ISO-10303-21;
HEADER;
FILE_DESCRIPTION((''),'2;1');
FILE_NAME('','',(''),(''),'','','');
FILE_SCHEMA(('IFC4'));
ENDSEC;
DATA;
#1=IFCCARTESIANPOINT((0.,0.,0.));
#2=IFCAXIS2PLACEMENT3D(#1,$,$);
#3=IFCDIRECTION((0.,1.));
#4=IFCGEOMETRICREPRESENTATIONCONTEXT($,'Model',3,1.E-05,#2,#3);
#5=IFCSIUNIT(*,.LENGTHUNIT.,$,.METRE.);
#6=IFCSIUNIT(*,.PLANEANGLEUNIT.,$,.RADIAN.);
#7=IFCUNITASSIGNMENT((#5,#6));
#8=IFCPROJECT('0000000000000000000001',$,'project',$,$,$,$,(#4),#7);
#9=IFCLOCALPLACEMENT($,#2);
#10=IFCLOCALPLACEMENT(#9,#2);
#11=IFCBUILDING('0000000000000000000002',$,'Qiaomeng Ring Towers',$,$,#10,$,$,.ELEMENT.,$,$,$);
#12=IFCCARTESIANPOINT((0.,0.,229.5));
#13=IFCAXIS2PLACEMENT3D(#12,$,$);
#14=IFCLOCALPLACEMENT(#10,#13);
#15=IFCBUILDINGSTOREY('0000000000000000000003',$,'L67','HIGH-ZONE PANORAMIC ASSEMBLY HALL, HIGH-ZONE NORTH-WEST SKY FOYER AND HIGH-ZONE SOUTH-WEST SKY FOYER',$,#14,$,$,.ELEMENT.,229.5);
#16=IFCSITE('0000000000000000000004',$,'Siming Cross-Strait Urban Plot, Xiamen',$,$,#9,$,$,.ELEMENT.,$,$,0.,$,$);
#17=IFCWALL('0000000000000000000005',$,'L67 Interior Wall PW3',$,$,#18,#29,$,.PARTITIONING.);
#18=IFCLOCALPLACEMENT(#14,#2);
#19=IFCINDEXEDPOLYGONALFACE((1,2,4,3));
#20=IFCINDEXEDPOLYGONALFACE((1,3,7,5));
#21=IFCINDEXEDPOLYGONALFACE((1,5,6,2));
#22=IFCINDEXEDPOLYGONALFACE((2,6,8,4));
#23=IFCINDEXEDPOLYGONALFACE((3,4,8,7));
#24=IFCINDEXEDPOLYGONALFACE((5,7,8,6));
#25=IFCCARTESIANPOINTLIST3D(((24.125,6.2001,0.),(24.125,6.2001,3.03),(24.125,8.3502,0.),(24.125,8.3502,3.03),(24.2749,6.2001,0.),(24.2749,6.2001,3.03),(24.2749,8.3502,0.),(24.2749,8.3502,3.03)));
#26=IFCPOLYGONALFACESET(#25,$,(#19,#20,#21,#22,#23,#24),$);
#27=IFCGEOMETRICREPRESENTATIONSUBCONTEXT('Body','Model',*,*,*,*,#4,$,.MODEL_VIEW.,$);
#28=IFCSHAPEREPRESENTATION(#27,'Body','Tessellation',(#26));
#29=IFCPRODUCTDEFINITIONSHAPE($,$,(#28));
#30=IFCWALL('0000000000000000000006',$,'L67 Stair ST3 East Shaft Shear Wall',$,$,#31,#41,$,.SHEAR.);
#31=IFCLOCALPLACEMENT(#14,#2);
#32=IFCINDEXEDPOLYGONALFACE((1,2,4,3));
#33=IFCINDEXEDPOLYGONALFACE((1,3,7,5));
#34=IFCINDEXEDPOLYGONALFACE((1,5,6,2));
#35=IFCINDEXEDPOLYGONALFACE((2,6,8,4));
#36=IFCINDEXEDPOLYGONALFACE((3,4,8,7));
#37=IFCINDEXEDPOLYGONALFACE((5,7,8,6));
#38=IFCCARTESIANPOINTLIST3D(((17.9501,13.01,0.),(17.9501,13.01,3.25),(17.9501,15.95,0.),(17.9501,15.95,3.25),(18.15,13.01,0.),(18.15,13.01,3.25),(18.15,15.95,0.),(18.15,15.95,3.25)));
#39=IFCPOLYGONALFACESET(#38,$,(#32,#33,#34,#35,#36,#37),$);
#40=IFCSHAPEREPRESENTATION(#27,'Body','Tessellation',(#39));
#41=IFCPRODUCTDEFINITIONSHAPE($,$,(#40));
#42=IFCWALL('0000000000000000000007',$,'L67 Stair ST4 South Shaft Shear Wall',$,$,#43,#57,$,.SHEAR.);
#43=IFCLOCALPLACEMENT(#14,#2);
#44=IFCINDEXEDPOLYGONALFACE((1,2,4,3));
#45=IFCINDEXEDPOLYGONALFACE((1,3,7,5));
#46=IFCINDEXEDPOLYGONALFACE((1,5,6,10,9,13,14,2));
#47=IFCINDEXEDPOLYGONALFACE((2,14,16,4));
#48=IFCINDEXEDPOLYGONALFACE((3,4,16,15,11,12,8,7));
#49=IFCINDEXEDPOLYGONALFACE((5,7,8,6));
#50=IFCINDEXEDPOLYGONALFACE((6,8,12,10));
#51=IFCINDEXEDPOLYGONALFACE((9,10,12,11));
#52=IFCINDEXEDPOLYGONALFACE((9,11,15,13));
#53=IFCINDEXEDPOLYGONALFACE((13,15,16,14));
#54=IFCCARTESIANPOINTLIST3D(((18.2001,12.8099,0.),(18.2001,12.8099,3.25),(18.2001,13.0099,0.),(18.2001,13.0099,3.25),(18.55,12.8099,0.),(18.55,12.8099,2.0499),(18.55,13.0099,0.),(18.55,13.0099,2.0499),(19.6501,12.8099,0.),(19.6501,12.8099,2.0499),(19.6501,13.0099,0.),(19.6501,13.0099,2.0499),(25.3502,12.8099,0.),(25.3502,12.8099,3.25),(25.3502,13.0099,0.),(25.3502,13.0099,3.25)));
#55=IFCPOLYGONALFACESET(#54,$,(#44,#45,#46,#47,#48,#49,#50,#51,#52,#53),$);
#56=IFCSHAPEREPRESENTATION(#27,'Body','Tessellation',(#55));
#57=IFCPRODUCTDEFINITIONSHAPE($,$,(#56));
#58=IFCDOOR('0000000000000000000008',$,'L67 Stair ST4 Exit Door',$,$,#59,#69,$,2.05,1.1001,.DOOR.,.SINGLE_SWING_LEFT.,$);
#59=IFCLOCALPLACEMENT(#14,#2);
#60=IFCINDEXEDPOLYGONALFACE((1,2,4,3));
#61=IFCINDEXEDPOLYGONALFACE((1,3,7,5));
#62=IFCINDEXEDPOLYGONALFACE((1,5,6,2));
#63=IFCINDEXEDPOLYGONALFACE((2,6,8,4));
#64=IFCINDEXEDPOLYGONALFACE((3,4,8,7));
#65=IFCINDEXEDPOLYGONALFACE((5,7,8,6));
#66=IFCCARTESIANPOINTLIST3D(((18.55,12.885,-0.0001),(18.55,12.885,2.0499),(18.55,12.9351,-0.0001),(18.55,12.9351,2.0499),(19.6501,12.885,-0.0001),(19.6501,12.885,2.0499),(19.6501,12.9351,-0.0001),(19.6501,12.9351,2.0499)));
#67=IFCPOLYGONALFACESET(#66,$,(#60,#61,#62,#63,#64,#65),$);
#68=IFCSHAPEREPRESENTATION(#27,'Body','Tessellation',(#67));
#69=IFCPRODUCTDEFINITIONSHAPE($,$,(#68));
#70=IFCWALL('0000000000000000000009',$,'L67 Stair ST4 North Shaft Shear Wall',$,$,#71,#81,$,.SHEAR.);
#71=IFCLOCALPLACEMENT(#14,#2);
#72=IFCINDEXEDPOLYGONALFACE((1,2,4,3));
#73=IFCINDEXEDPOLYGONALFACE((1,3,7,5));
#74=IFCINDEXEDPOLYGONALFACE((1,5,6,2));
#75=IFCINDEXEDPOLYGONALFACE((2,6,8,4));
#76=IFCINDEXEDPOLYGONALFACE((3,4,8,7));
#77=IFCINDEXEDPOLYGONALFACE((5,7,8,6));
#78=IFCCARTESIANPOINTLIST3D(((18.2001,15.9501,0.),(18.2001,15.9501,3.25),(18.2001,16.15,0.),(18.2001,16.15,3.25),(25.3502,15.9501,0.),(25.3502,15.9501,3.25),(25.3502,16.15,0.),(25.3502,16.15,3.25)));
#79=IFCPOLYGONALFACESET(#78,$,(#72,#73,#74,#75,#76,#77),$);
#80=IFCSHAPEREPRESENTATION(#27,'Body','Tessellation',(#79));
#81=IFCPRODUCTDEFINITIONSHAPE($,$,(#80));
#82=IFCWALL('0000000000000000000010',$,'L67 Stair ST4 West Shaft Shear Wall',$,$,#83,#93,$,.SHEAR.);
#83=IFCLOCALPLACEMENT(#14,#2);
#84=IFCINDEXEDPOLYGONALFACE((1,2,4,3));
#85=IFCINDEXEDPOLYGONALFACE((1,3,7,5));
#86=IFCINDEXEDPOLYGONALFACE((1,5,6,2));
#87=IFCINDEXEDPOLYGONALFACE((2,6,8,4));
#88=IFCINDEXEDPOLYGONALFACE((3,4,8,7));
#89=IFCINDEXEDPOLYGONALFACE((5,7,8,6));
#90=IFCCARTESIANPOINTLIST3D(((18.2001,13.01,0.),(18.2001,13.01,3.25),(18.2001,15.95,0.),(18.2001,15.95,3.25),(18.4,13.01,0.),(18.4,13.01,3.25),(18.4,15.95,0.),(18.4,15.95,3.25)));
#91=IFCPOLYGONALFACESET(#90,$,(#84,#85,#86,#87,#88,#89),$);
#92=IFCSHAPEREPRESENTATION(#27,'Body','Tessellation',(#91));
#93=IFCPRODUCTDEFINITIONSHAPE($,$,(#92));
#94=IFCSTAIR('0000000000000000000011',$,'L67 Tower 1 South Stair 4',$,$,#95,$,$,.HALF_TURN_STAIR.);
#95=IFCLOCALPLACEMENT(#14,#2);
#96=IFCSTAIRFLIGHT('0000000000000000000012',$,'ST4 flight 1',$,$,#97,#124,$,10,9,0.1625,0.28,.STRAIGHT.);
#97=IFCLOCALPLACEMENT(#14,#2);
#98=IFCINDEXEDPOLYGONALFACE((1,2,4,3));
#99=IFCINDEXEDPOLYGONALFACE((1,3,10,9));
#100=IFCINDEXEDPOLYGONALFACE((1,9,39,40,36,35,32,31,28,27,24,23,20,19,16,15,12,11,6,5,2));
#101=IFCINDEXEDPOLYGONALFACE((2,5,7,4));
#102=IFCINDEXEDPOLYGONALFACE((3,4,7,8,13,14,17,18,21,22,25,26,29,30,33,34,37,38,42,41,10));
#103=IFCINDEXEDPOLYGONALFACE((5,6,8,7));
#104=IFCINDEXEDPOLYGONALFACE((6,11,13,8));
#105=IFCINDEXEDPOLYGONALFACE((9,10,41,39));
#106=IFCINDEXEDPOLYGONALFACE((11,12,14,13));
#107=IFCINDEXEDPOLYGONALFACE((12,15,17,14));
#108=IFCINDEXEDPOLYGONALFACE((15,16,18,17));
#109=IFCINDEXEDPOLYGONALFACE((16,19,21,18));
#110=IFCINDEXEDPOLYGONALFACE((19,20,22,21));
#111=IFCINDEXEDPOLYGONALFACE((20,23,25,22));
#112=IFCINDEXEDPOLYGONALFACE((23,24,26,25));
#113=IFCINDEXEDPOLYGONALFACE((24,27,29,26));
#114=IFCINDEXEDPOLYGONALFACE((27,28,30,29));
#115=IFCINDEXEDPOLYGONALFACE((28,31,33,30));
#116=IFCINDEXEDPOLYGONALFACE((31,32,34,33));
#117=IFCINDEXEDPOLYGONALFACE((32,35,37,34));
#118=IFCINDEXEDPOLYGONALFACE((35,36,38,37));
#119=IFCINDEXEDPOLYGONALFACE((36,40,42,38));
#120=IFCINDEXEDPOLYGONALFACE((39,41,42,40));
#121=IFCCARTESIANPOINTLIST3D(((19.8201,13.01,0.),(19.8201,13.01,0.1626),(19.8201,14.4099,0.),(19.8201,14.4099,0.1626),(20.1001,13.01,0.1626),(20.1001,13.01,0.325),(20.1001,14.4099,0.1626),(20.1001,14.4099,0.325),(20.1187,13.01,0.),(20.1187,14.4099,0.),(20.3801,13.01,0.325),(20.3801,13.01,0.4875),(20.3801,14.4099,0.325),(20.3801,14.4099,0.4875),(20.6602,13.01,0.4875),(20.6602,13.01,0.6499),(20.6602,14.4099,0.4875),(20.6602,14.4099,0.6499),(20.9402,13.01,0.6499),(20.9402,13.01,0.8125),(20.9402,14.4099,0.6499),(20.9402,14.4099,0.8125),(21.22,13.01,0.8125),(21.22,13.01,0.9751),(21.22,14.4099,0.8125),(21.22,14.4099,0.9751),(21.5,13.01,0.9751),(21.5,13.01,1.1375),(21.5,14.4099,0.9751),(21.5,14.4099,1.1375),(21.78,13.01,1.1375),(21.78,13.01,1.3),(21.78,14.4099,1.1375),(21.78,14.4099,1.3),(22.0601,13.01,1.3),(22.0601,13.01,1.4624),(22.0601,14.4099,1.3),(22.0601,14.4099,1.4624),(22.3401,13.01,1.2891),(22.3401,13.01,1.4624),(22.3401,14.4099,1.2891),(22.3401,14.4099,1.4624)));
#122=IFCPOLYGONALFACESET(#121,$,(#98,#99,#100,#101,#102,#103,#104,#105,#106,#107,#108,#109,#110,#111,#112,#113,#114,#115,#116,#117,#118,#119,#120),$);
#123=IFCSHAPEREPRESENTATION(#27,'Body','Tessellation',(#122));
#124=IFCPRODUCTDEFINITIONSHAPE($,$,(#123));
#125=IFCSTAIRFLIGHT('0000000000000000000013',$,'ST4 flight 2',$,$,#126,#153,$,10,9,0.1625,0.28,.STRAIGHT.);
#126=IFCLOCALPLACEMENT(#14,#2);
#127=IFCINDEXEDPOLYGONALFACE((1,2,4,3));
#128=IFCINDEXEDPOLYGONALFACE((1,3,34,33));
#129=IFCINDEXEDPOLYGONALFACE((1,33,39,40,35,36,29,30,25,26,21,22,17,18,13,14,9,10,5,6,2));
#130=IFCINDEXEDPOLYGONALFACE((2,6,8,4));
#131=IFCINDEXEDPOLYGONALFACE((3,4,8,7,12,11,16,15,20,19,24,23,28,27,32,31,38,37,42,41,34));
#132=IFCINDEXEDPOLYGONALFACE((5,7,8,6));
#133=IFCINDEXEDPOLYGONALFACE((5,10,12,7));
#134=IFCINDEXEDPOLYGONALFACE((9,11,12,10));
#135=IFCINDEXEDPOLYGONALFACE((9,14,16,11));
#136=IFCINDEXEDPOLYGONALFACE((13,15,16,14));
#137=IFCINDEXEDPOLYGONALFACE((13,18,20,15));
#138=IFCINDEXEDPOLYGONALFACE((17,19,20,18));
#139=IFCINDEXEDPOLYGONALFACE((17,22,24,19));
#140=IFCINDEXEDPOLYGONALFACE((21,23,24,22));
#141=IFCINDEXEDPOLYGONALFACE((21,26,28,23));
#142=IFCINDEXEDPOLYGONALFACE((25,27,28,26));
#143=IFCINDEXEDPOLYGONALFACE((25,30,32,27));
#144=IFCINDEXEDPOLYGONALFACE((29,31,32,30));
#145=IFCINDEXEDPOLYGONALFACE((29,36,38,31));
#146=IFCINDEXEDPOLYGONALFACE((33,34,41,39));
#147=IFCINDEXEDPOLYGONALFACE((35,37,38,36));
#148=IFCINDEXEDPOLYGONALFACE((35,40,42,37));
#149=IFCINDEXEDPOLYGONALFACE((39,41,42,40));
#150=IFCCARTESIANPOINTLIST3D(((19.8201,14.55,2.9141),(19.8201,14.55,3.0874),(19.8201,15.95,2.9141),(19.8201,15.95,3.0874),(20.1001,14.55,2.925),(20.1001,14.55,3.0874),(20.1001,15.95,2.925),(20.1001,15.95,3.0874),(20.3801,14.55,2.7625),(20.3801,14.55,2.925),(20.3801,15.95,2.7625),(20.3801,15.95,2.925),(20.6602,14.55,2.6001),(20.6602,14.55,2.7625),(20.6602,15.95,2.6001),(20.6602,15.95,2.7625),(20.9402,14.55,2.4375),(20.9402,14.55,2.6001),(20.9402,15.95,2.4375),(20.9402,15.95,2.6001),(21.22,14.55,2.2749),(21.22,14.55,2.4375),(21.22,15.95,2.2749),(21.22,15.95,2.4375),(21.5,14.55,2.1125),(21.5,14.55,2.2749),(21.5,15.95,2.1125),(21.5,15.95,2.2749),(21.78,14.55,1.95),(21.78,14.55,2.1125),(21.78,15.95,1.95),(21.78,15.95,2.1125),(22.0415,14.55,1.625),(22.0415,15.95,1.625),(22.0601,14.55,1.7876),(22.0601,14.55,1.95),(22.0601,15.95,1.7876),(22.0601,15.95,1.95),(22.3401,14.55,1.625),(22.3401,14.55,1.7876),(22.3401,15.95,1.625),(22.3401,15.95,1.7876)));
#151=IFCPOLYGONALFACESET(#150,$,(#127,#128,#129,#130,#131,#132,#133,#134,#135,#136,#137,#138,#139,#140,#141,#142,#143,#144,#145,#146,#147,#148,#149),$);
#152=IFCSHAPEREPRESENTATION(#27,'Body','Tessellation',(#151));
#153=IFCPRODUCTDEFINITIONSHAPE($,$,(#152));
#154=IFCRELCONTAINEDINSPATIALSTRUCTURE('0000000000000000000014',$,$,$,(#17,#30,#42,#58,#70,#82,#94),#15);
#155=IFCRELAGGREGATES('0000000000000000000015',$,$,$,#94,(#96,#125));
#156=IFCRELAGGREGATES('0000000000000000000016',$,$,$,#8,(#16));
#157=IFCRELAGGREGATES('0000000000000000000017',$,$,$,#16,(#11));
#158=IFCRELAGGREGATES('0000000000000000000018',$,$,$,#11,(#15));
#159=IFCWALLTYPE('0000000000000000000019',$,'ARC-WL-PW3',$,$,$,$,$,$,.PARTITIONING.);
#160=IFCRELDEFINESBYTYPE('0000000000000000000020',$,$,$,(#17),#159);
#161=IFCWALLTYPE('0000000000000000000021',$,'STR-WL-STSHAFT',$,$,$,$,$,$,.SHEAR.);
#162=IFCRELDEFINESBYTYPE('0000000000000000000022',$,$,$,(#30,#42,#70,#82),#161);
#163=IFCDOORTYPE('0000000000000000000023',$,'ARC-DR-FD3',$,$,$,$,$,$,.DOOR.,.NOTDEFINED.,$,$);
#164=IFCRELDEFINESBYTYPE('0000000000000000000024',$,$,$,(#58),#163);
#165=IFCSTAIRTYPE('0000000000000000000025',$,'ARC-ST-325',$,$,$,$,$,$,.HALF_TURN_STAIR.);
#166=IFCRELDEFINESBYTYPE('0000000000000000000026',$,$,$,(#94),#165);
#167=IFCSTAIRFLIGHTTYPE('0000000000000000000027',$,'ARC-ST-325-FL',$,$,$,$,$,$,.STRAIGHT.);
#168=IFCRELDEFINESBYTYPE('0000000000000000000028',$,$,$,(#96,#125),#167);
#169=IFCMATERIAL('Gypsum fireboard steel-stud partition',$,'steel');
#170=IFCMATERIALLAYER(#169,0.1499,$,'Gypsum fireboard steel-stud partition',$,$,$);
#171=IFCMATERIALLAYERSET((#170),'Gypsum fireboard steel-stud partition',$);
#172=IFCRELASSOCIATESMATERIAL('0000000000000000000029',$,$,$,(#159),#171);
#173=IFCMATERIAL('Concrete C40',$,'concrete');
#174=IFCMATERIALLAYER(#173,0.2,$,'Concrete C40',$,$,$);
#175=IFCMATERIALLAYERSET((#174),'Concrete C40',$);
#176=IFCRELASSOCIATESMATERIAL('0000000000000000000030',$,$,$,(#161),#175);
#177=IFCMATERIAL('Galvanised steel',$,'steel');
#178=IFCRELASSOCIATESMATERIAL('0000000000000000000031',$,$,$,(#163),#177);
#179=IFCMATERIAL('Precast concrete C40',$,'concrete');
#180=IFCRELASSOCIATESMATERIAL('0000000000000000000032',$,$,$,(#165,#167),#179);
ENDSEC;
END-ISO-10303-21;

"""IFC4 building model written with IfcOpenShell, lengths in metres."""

from ifc_helpers import new_model, si_unit, direction, frame, frame_2d, origin, place, context, subcontext, project, spatial, polyline, rectangle, outline, extrude, source, transform, mapped, material, layer, layer_set, type_object, element, fill, aggregate, save


model = new_model("IFC4")

# Units and contexts
model_context = context("Model", 3, precision=1e-05, world=origin(), true_north=direction((0.0, 1.0)))
body_context = subcontext(model_context, "Body", "Model", "MODEL_VIEW")
ifc_project = project(units=[si_unit("LENGTHUNIT", "METRE"), si_unit("PLANEANGLEUNIT", "RADIAN")], contexts=[model_context])

# Site, building, storey
site_placement = place(None, origin())
site = spatial("IfcSite", under=ifc_project, at=site_placement, Name="Siming Cross-Strait Urban Plot, Xiamen", CompositionType="ELEMENT", RefElevation=0.0)
building_placement = place(site_placement, origin())
building = spatial("IfcBuilding", under=site, at=building_placement, Name="Qiaomeng Ring Towers", CompositionType="ELEMENT")
storey_placement = place(building_placement, frame((0.0, 0.0, 229.5)))
storey = spatial("IfcBuildingStorey", under=building, at=storey_placement, Name="L67", Description="HIGH-ZONE PANORAMIC ASSEMBLY HALL, HIGH-ZONE NORTH-WEST SKY FOYER AND HIGH-ZONE SOUTH-WEST SKY FOYER", CompositionType="ELEMENT", Elevation=229.5)

# Walls
ifc_material_1 = material(Name="Gypsum fireboard steel-stud partition", Category="steel")
ifc_layer_1 = layer(ifc_material_1, 0.1499, Name="Gypsum fireboard steel-stud partition")
ifc_layer_set_1 = layer_set([ifc_layer_1], Name="Gypsum fireboard steel-stud partition")
wall_type_1 = type_object("IfcWallType", Name="ARC-WL-PW3", PredefinedType="PARTITIONING", material=ifc_layer_set_1)
wall_1_placement = place(storey_placement, frame((24.2, 6.2, 0.0), z_axis=(0.0, 0.0, 1.0), x_axis=(0.0, 1.0, 0.0)))
element("IfcWall", 1, at=wall_1_placement, inside=storey, type_object=wall_type_1, Name="L67 Interior Wall PW3", PredefinedType="PARTITIONING", context=body_context, shape_type="SweptSolid", body=[
    extrude(rectangle(XDim=2.1501, YDim=0.1499, at=frame_2d((1.0752, 0.0))), origin(), (0.0, 0.0, 1.0), 3.03),
])
ifc_material_2 = material(Name="Concrete C40", Category="concrete")
ifc_layer_2 = layer(ifc_material_2, 0.2, Name="Concrete C40")
ifc_layer_set_2 = layer_set([ifc_layer_2], Name="Concrete C40")
wall_type_2 = type_object("IfcWallType", Name="STR-WL-STSHAFT", PredefinedType="SHEAR", material=ifc_layer_set_2)
wall_2_placement = place(storey_placement, frame((18.05, 13.01, 0.0), z_axis=(0.0, 0.0, 1.0), x_axis=(0.0, 1.0, 0.0)))
element("IfcWall", 2, at=wall_2_placement, inside=storey, type_object=wall_type_2, Name="L67 Stair ST3 East Shaft Shear Wall", PredefinedType="SHEAR", context=body_context, shape_type="SweptSolid", body=[
    extrude(rectangle(XDim=2.9399, YDim=0.2, at=frame_2d((1.47, 0.0))), origin(), (0.0, 0.0, 1.0), 3.25),
])

# Wall, opening, door
wall_3_placement = place(storey_placement, frame((18.2, 12.9099, 0.0), z_axis=(0.0, 0.0, 1.0), x_axis=(1.0, 0.0, 0.0)))
wall_3 = element("IfcWall", 3, at=wall_3_placement, inside=storey, type_object=wall_type_2, Name="L67 Stair ST4 South Shaft Shear Wall", PredefinedType="SHEAR", context=body_context, shape_type="SweptSolid", body=[
    extrude(rectangle(XDim=7.1501, YDim=0.2, at=frame_2d((3.5752, 0.0))), origin(), (0.0, 0.0, 1.0), 3.25),
])
opening_1_placement = place(wall_3_placement, frame((0.3501, 0.0, 0.0)))
opening_1 = element("IfcOpeningElement", 4, at=opening_1_placement, cuts=wall_3, PredefinedType="OPENING", context=body_context, shape_type="SweptSolid", body=[
    extrude(rectangle(XDim=1.1001, YDim=2.05, at=frame_2d((0.55, 1.0249))), frame((0.0, 0.1099, 0.0), z_axis=(0.0, -1.0, 0.0), x_axis=(1.0, 0.0, 0.0)), (0.0, 0.0, 1.0), 0.22),
])
ifc_material_3 = material(Name="Galvanised steel", Category="steel")
door_type_1 = type_object("IfcDoorType", Name="ARC-DR-FD3", OperationType="NOTDEFINED", PredefinedType="DOOR", material=ifc_material_3)
shared_shape_1 = source(origin(), body_context, "Body", "SweptSolid", [
    extrude(rectangle(XDim=1.1001, YDim=2.05, at=frame_2d((0.55, 1.0249))), frame((0.0, 0.0249, 0.0), z_axis=(0.0, -1.0, 0.0), x_axis=(1.0, 0.0, 0.0)), (0.0, 0.0, 1.0), 0.05),
])
door_1_placement = place(opening_1_placement, frame((1.1001, 0.0, 0.0), z_axis=(0.0, 0.0, 1.0), x_axis=(-1.0, 0.0, 0.0)))
door_1 = element("IfcDoor", 5, at=door_1_placement, inside=storey, type_object=door_type_1, Name="L67 Stair ST4 Exit Door", OperationType="SINGLE_SWING_LEFT", OverallHeight=2.05, OverallWidth=1.1001, PredefinedType="DOOR", context=body_context, shape_type="MappedRepresentation", body=[
    mapped(shared_shape_1, transform((0.0, 0.0, 0.0), x_axis=(1.0, 0.0, 0.0), y_axis=(0.0, 1.0, 0.0), z_axis=(0.0, 0.0, 1.0), scale=1.0)),
])
fill(opening_1, door_1)

# Walls
wall_4_placement = place(storey_placement, frame((18.2, 16.05, 0.0), z_axis=(0.0, 0.0, 1.0), x_axis=(1.0, 0.0, 0.0)))
element("IfcWall", 6, at=wall_4_placement, inside=storey, type_object=wall_type_2, Name="L67 Stair ST4 North Shaft Shear Wall", PredefinedType="SHEAR", context=body_context, shape_type="SweptSolid", body=[
    extrude(rectangle(XDim=7.1501, YDim=0.2, at=frame_2d((3.5752, 0.0))), origin(), (0.0, 0.0, 1.0), 3.25),
])
wall_5_placement = place(storey_placement, frame((18.3, 13.01, 0.0), z_axis=(0.0, 0.0, 1.0), x_axis=(0.0, 1.0, 0.0)))
element("IfcWall", 7, at=wall_5_placement, inside=storey, type_object=wall_type_2, Name="L67 Stair ST4 West Shaft Shear Wall", PredefinedType="SHEAR", context=body_context, shape_type="SweptSolid", body=[
    extrude(rectangle(XDim=2.9399, YDim=0.2, at=frame_2d((1.47, 0.0))), origin(), (0.0, 0.0, 1.0), 3.25),
])

# Stair, stair flights
ifc_material_4 = material(Name="Precast concrete C40", Category="concrete")
stair_type = type_object("IfcStairType", Name="ARC-ST-325", PredefinedType="HALF_TURN_STAIR", material=ifc_material_4)
stair_placement = place(storey_placement, origin())
stair = element("IfcStair", 8, at=stair_placement, inside=storey, type_object=stair_type, Name="L67 Tower 1 South Stair 4", PredefinedType="HALF_TURN_STAIR")
stair_flight_type = type_object("IfcStairFlightType", Name="ARC-ST-325-FL", PredefinedType="STRAIGHT", material=ifc_material_4)
shared_shape_2 = source(origin(), body_context, "Body", "SweptSolid", [
    extrude(outline(polyline([(0.0, 0.0), (0.0, 0.1626), (0.28, 0.1626), (0.28, 0.325), (0.5601, 0.325), (0.5601, 0.4875), (0.8401, 0.4875), (0.8401, 0.6499), (1.1201, 0.6499), (1.1201, 0.8125), (1.3999, 0.8125), (1.3999, 0.9751), (1.6799, 0.9751), (1.6799, 1.1375), (1.96, 1.1375), (1.96, 1.3), (2.24, 1.3), (2.24, 1.4624), (2.52, 1.4624), (2.52, 1.625), (2.52, 1.2891), (0.2986, 0.0), (0.0, 0.0)])), frame((0.0, 0.7, 0.0), z_axis=(0.0, -1.0, 0.0), x_axis=(1.0, 0.0, 0.0)), (0.0, 0.0, 1.0), 1.3999),
])
stair_flight_1_placement = place(storey_placement, frame((19.8201, 13.71, 0.0), z_axis=(0.0, 0.0, 1.0), x_axis=(1.0, 0.0, 0.0)))
stair_flight_1 = element("IfcStairFlight", 9, at=stair_flight_1_placement, type_object=stair_flight_type, Name="ST4 flight 1", NumberOfRisers=10, NumberOfTreads=9, PredefinedType="STRAIGHT", RiserHeight=0.1625, TreadLength=0.28, context=body_context, shape_type="MappedRepresentation", body=[
    mapped(shared_shape_2, transform((0.0, 0.0, 0.0), x_axis=(1.0, 0.0, 0.0), y_axis=(0.0, 1.0, 0.0), z_axis=(0.0, 0.0, 1.0), scale=1.0)),
])
stair_flight_2_placement = place(storey_placement, frame((22.3401, 15.25, 1.625), z_axis=(0.0, 0.0, 1.0), x_axis=(-1.0, 0.0, 0.0)))
stair_flight_2 = element("IfcStairFlight", 10, at=stair_flight_2_placement, type_object=stair_flight_type, Name="ST4 flight 2", NumberOfRisers=10, NumberOfTreads=9, PredefinedType="STRAIGHT", RiserHeight=0.1625, TreadLength=0.28, context=body_context, shape_type="MappedRepresentation", body=[
    mapped(shared_shape_2, transform((0.0, 0.0, 0.0), x_axis=(1.0, 0.0, 0.0), y_axis=(0.0, 1.0, 0.0), z_axis=(0.0, 0.0, 1.0), scale=1.0)),
])
aggregate(stair, [stair_flight_1, stair_flight_2])

save(model, "model.ifc")
